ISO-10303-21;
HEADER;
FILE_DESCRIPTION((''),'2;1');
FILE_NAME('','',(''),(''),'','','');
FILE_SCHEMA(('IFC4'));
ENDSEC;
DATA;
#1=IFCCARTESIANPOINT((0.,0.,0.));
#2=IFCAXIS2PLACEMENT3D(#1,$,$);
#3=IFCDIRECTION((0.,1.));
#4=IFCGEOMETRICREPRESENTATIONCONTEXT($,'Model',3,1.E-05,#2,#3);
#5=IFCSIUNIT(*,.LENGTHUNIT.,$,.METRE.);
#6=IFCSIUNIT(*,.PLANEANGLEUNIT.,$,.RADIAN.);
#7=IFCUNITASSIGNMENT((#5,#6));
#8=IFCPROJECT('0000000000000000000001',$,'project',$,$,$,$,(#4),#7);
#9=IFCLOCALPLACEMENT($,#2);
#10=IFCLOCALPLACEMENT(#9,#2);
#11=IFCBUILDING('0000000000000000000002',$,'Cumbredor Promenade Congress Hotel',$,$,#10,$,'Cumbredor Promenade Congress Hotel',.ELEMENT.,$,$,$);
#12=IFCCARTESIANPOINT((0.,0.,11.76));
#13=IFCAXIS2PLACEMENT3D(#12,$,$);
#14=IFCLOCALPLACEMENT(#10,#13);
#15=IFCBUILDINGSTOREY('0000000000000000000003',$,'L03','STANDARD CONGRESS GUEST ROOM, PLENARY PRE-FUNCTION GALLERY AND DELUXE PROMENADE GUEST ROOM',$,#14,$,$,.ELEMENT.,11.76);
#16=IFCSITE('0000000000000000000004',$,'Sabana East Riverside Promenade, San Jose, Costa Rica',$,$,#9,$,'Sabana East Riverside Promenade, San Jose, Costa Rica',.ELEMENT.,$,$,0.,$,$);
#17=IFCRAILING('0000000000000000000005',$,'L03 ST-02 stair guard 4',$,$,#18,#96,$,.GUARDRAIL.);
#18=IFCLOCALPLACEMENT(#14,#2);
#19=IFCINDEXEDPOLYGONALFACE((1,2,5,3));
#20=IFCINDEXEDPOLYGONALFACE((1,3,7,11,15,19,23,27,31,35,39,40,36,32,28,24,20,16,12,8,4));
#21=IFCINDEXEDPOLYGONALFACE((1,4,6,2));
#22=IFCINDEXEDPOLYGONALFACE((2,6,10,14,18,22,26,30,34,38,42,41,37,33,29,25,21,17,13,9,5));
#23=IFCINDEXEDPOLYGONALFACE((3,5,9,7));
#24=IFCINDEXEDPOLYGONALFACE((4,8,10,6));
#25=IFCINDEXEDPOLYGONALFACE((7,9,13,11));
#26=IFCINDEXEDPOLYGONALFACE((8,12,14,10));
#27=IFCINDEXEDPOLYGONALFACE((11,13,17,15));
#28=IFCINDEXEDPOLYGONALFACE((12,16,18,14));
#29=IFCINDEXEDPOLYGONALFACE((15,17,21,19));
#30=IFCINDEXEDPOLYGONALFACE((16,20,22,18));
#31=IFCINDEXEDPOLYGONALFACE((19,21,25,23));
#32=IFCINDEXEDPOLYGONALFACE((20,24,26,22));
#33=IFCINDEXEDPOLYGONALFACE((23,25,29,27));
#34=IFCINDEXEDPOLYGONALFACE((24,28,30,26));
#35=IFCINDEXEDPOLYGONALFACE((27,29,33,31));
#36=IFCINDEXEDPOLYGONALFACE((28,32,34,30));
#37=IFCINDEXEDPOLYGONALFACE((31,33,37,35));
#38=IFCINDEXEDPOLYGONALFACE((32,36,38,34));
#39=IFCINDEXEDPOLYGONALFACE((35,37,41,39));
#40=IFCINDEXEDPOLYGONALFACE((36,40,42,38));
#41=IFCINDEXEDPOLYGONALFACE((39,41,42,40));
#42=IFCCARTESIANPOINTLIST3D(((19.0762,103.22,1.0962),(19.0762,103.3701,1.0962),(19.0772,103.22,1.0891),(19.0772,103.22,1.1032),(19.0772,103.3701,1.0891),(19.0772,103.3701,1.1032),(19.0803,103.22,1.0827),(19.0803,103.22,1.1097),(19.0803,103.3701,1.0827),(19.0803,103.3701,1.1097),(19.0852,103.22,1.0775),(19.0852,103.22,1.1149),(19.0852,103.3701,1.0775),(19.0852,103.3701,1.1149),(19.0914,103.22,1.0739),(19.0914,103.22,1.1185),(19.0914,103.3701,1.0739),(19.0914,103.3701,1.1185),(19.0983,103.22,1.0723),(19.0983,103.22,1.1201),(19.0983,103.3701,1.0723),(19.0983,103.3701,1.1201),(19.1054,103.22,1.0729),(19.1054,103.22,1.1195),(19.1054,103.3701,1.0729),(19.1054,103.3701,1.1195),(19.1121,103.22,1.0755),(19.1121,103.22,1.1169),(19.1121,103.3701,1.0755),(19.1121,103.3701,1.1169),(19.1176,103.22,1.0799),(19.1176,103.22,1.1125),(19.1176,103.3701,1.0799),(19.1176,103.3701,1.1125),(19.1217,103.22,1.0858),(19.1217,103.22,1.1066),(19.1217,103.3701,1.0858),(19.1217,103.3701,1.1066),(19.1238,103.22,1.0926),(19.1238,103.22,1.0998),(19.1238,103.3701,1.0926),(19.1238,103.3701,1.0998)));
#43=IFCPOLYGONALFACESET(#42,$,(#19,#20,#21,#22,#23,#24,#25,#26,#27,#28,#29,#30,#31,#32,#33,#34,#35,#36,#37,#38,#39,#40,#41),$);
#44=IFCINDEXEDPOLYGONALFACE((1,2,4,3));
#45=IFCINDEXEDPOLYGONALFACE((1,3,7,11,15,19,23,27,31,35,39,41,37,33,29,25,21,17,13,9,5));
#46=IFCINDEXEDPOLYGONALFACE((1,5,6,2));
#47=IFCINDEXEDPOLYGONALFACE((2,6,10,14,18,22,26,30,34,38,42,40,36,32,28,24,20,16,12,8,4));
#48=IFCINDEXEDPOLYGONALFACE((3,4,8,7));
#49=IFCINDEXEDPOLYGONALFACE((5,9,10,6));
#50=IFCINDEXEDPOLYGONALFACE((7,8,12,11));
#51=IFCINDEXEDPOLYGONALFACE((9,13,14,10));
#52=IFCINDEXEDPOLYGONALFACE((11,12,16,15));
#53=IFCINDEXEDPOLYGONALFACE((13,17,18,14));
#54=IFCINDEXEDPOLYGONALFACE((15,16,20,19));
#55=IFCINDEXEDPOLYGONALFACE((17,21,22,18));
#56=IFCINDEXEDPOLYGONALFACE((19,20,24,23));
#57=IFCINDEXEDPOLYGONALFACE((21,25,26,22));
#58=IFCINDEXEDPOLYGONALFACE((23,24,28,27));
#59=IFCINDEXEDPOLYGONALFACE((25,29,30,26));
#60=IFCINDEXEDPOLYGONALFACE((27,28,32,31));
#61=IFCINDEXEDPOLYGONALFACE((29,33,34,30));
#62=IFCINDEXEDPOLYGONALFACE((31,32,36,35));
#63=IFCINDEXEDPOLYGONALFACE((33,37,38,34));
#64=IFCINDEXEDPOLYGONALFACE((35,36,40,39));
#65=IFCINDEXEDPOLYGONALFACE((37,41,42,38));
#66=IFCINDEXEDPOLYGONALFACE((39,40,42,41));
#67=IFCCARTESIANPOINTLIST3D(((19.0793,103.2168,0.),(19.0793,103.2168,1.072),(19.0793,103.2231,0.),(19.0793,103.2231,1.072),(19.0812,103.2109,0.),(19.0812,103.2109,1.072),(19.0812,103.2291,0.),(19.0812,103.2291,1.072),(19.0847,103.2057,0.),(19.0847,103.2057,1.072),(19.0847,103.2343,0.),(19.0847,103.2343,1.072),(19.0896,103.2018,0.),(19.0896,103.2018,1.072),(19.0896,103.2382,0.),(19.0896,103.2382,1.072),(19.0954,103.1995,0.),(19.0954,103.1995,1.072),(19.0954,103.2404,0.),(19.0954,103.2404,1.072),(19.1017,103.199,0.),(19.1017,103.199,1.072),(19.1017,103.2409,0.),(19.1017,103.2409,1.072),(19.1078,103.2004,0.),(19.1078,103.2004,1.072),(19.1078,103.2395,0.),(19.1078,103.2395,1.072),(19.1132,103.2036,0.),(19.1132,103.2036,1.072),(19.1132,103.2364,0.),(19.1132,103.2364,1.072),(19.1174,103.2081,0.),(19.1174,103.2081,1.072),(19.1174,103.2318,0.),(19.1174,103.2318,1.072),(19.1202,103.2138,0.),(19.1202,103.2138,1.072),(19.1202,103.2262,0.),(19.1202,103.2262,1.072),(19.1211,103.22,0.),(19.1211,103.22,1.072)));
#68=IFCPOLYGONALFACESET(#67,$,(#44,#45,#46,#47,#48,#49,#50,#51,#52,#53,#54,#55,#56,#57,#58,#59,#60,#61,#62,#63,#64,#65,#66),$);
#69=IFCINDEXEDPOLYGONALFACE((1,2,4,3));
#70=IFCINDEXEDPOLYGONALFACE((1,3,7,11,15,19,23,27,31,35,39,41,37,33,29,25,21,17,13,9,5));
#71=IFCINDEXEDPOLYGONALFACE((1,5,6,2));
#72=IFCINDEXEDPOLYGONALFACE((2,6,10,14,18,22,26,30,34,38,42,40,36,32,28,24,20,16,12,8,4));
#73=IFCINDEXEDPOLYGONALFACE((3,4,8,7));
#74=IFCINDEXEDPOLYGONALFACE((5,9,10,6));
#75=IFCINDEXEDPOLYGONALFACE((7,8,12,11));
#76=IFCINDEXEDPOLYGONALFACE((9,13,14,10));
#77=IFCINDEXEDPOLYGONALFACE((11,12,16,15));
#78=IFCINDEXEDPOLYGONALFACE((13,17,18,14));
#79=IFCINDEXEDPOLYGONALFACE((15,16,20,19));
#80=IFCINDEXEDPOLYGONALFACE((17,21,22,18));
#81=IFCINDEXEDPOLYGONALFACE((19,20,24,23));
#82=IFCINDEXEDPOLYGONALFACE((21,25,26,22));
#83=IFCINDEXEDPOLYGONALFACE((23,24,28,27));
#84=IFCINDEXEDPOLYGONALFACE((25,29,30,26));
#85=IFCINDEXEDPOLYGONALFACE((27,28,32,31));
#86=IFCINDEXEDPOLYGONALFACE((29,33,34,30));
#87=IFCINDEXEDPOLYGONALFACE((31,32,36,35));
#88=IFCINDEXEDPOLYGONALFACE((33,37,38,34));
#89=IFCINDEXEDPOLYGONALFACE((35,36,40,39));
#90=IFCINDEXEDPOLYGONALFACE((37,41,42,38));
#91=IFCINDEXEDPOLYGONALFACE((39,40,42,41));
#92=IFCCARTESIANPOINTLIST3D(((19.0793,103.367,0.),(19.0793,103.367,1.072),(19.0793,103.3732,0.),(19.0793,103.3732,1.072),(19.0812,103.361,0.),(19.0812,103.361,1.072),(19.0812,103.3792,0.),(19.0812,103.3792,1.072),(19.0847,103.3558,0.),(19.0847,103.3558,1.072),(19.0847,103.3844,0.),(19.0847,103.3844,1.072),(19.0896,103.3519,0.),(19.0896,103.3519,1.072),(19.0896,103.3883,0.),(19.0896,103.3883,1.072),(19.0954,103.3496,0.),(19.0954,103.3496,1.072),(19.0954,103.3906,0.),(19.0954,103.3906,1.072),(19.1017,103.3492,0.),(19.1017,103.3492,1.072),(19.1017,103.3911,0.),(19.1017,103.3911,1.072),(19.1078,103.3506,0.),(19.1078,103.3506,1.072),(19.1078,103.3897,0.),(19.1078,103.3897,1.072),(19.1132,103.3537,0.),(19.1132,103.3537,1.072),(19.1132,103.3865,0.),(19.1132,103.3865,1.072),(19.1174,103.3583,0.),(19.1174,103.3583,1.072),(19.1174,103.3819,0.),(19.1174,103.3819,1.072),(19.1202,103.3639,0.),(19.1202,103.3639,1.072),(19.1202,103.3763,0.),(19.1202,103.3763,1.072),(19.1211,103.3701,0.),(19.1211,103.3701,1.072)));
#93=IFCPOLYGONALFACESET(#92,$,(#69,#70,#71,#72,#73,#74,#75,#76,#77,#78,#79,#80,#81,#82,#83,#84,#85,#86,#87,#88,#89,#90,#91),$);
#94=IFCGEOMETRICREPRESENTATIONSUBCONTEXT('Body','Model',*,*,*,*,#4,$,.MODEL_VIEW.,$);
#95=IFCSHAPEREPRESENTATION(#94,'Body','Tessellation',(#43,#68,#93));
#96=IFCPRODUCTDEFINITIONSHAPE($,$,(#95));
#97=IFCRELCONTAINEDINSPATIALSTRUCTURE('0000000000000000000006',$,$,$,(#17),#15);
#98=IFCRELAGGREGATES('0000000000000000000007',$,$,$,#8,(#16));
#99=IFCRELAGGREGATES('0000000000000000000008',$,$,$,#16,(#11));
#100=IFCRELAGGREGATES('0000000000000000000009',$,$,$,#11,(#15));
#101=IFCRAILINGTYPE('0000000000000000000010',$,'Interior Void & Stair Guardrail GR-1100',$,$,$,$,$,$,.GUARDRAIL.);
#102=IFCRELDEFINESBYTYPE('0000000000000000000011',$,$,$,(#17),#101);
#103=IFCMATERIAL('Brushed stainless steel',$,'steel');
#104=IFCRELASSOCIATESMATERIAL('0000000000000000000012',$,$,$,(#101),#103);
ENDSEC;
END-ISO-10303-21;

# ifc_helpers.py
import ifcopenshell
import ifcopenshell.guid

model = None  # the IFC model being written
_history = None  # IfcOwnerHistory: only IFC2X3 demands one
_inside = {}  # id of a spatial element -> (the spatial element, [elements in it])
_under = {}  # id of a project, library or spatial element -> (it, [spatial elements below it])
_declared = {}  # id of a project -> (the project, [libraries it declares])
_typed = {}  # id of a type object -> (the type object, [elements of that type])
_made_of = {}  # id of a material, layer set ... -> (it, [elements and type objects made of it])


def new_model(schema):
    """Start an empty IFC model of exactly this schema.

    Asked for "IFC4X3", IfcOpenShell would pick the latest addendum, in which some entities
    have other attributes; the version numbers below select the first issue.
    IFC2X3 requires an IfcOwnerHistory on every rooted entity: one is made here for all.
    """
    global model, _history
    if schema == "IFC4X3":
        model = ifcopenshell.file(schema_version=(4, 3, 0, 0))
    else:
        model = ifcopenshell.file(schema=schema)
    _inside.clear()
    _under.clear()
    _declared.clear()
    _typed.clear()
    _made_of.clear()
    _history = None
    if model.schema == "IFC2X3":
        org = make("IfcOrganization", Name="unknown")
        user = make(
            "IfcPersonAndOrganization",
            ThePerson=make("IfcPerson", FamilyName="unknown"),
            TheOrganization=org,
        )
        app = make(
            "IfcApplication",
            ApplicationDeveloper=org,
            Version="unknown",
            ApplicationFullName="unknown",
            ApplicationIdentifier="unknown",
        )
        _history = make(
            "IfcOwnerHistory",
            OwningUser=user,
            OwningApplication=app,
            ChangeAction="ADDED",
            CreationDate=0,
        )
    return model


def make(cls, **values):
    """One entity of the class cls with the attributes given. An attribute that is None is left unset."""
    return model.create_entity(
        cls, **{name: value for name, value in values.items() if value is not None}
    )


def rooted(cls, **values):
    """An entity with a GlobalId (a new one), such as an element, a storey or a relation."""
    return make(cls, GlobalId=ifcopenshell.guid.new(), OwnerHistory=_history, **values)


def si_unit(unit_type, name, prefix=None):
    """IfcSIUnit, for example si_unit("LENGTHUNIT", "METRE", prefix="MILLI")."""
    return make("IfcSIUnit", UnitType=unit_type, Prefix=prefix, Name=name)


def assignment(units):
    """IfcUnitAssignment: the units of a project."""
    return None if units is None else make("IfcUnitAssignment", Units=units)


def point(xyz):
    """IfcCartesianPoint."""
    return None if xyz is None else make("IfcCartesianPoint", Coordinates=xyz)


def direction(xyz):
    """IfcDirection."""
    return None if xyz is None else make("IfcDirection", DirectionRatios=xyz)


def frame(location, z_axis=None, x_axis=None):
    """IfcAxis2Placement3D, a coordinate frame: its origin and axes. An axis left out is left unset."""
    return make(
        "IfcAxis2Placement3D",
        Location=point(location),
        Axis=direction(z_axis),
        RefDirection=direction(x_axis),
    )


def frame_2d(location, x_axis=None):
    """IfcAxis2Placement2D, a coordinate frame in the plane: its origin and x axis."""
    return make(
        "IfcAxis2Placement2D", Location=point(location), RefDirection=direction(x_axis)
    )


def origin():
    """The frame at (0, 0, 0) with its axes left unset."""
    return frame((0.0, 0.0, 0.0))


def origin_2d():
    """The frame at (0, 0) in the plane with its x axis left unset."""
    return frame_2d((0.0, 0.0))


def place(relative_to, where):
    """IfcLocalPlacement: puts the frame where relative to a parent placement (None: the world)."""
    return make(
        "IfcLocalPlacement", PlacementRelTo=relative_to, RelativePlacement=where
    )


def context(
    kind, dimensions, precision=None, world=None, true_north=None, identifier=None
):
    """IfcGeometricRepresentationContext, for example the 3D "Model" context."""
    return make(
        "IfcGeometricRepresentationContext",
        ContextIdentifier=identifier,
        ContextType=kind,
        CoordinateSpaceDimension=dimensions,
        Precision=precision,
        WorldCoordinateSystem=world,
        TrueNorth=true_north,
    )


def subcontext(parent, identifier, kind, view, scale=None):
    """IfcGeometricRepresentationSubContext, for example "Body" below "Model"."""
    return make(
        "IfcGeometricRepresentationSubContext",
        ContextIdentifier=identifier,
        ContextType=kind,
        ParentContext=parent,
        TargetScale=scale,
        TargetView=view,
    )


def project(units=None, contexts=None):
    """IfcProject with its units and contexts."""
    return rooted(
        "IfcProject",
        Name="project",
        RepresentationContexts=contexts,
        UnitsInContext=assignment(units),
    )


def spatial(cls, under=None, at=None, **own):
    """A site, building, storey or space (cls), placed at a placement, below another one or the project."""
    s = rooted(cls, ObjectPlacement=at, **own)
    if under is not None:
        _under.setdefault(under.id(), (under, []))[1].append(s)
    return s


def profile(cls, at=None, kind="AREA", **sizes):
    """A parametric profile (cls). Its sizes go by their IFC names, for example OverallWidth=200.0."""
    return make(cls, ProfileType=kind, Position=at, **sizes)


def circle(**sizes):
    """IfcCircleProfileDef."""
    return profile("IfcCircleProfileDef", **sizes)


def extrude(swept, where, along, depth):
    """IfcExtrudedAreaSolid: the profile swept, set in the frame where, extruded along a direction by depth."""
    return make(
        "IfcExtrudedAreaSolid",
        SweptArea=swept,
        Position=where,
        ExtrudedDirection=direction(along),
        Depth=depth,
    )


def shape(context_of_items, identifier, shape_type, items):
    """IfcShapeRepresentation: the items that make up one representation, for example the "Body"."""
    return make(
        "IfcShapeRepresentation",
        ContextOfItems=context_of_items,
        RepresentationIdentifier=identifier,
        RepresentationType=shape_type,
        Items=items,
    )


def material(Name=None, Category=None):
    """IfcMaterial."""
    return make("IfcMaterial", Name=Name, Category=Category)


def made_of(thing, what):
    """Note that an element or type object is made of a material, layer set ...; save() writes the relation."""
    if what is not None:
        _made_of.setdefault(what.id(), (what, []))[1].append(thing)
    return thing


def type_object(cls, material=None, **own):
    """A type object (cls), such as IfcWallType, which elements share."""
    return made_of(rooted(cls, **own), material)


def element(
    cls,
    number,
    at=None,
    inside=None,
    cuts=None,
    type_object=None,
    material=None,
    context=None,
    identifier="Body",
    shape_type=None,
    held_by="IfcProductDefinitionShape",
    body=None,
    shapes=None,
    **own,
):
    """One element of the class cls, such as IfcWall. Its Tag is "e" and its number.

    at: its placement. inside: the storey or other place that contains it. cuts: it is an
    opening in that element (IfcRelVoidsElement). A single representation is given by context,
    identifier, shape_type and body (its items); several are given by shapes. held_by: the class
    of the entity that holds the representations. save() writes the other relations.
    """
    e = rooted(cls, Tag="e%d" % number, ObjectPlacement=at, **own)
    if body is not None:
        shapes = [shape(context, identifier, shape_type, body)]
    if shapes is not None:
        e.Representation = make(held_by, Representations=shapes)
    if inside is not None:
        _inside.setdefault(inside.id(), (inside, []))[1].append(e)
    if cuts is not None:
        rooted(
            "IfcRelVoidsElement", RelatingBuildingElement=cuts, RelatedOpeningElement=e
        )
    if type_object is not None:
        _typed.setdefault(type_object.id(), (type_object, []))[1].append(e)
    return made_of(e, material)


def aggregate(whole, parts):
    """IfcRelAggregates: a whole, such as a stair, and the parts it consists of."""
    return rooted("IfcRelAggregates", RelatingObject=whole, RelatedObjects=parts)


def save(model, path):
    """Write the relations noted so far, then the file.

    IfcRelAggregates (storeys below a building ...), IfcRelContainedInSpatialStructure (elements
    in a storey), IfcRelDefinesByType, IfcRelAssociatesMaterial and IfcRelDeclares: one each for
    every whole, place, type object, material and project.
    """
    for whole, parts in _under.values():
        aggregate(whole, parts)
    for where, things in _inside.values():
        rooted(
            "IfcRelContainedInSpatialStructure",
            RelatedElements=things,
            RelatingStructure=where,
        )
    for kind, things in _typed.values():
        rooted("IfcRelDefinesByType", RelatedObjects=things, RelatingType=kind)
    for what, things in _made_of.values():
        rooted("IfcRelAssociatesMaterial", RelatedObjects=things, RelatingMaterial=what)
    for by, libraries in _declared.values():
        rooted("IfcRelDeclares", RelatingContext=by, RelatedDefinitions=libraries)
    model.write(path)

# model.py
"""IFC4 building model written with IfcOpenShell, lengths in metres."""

from ifc_helpers import new_model, si_unit, direction, frame, origin, origin_2d, place, context, subcontext, project, spatial, circle, extrude, material, type_object, element, save


model = new_model("IFC4")

# Units and contexts
model_context = context("Model", 3, precision=1e-05, world=origin(), true_north=direction((0.0, 1.0)))
body_context = subcontext(model_context, "Body", "Model", "MODEL_VIEW")
ifc_project = project(units=[si_unit("LENGTHUNIT", "METRE"), si_unit("PLANEANGLEUNIT", "RADIAN")], contexts=[model_context])

# Site, building, storey
site_placement = place(None, origin())
site = spatial("IfcSite", under=ifc_project, at=site_placement, Name="Sabana East Riverside Promenade, San Jose, Costa Rica", LongName="Sabana East Riverside Promenade, San Jose, Costa Rica", CompositionType="ELEMENT", RefElevation=0.0)
building_placement = place(site_placement, origin())
building = spatial("IfcBuilding", under=site, at=building_placement, Name="Cumbredor Promenade Congress Hotel", LongName="Cumbredor Promenade Congress Hotel", CompositionType="ELEMENT")
storey_placement = place(building_placement, frame((0.0, 0.0, 11.76)))
storey = spatial("IfcBuildingStorey", under=building, at=storey_placement, Name="L03", Description="STANDARD CONGRESS GUEST ROOM, PLENARY PRE-FUNCTION GALLERY AND DELUXE PROMENADE GUEST ROOM", CompositionType="ELEMENT", Elevation=11.76)

# Railing
ifc_material_1 = material(Name="Brushed stainless steel", Category="steel")
railing_type_1 = type_object("IfcRailingType", Name="Interior Void & Stair Guardrail GR-1100", PredefinedType="GUARDRAIL", material=ifc_material_1)
railing_1_placement = place(storey_placement, frame((19.1001, 103.22, 0.0)))
element("IfcRailing", 1, at=railing_1_placement, inside=storey, type_object=railing_type_1, Name="L03 ST-02 stair guard 4", PredefinedType="GUARDRAIL", context=body_context, shape_type="SweptSolid", body=[
    extrude(circle(Radius=0.0239, at=origin_2d()), frame((0.0, 0.0, 1.0962), z_axis=(0.0, 1.0, 0.0), x_axis=(-1.0, 0.0, 0.0)), (0.0, 0.0, 1.0), 0.1501),
    extrude(circle(Radius=0.021, at=origin_2d()), origin(), (0.0, 0.0, 1.0), 1.072),
    extrude(circle(Radius=0.021, at=origin_2d()), frame((0.0, 0.1501, 0.0)), (0.0, 0.0, 1.0), 1.072),
])

save(model, "model.ifc")
